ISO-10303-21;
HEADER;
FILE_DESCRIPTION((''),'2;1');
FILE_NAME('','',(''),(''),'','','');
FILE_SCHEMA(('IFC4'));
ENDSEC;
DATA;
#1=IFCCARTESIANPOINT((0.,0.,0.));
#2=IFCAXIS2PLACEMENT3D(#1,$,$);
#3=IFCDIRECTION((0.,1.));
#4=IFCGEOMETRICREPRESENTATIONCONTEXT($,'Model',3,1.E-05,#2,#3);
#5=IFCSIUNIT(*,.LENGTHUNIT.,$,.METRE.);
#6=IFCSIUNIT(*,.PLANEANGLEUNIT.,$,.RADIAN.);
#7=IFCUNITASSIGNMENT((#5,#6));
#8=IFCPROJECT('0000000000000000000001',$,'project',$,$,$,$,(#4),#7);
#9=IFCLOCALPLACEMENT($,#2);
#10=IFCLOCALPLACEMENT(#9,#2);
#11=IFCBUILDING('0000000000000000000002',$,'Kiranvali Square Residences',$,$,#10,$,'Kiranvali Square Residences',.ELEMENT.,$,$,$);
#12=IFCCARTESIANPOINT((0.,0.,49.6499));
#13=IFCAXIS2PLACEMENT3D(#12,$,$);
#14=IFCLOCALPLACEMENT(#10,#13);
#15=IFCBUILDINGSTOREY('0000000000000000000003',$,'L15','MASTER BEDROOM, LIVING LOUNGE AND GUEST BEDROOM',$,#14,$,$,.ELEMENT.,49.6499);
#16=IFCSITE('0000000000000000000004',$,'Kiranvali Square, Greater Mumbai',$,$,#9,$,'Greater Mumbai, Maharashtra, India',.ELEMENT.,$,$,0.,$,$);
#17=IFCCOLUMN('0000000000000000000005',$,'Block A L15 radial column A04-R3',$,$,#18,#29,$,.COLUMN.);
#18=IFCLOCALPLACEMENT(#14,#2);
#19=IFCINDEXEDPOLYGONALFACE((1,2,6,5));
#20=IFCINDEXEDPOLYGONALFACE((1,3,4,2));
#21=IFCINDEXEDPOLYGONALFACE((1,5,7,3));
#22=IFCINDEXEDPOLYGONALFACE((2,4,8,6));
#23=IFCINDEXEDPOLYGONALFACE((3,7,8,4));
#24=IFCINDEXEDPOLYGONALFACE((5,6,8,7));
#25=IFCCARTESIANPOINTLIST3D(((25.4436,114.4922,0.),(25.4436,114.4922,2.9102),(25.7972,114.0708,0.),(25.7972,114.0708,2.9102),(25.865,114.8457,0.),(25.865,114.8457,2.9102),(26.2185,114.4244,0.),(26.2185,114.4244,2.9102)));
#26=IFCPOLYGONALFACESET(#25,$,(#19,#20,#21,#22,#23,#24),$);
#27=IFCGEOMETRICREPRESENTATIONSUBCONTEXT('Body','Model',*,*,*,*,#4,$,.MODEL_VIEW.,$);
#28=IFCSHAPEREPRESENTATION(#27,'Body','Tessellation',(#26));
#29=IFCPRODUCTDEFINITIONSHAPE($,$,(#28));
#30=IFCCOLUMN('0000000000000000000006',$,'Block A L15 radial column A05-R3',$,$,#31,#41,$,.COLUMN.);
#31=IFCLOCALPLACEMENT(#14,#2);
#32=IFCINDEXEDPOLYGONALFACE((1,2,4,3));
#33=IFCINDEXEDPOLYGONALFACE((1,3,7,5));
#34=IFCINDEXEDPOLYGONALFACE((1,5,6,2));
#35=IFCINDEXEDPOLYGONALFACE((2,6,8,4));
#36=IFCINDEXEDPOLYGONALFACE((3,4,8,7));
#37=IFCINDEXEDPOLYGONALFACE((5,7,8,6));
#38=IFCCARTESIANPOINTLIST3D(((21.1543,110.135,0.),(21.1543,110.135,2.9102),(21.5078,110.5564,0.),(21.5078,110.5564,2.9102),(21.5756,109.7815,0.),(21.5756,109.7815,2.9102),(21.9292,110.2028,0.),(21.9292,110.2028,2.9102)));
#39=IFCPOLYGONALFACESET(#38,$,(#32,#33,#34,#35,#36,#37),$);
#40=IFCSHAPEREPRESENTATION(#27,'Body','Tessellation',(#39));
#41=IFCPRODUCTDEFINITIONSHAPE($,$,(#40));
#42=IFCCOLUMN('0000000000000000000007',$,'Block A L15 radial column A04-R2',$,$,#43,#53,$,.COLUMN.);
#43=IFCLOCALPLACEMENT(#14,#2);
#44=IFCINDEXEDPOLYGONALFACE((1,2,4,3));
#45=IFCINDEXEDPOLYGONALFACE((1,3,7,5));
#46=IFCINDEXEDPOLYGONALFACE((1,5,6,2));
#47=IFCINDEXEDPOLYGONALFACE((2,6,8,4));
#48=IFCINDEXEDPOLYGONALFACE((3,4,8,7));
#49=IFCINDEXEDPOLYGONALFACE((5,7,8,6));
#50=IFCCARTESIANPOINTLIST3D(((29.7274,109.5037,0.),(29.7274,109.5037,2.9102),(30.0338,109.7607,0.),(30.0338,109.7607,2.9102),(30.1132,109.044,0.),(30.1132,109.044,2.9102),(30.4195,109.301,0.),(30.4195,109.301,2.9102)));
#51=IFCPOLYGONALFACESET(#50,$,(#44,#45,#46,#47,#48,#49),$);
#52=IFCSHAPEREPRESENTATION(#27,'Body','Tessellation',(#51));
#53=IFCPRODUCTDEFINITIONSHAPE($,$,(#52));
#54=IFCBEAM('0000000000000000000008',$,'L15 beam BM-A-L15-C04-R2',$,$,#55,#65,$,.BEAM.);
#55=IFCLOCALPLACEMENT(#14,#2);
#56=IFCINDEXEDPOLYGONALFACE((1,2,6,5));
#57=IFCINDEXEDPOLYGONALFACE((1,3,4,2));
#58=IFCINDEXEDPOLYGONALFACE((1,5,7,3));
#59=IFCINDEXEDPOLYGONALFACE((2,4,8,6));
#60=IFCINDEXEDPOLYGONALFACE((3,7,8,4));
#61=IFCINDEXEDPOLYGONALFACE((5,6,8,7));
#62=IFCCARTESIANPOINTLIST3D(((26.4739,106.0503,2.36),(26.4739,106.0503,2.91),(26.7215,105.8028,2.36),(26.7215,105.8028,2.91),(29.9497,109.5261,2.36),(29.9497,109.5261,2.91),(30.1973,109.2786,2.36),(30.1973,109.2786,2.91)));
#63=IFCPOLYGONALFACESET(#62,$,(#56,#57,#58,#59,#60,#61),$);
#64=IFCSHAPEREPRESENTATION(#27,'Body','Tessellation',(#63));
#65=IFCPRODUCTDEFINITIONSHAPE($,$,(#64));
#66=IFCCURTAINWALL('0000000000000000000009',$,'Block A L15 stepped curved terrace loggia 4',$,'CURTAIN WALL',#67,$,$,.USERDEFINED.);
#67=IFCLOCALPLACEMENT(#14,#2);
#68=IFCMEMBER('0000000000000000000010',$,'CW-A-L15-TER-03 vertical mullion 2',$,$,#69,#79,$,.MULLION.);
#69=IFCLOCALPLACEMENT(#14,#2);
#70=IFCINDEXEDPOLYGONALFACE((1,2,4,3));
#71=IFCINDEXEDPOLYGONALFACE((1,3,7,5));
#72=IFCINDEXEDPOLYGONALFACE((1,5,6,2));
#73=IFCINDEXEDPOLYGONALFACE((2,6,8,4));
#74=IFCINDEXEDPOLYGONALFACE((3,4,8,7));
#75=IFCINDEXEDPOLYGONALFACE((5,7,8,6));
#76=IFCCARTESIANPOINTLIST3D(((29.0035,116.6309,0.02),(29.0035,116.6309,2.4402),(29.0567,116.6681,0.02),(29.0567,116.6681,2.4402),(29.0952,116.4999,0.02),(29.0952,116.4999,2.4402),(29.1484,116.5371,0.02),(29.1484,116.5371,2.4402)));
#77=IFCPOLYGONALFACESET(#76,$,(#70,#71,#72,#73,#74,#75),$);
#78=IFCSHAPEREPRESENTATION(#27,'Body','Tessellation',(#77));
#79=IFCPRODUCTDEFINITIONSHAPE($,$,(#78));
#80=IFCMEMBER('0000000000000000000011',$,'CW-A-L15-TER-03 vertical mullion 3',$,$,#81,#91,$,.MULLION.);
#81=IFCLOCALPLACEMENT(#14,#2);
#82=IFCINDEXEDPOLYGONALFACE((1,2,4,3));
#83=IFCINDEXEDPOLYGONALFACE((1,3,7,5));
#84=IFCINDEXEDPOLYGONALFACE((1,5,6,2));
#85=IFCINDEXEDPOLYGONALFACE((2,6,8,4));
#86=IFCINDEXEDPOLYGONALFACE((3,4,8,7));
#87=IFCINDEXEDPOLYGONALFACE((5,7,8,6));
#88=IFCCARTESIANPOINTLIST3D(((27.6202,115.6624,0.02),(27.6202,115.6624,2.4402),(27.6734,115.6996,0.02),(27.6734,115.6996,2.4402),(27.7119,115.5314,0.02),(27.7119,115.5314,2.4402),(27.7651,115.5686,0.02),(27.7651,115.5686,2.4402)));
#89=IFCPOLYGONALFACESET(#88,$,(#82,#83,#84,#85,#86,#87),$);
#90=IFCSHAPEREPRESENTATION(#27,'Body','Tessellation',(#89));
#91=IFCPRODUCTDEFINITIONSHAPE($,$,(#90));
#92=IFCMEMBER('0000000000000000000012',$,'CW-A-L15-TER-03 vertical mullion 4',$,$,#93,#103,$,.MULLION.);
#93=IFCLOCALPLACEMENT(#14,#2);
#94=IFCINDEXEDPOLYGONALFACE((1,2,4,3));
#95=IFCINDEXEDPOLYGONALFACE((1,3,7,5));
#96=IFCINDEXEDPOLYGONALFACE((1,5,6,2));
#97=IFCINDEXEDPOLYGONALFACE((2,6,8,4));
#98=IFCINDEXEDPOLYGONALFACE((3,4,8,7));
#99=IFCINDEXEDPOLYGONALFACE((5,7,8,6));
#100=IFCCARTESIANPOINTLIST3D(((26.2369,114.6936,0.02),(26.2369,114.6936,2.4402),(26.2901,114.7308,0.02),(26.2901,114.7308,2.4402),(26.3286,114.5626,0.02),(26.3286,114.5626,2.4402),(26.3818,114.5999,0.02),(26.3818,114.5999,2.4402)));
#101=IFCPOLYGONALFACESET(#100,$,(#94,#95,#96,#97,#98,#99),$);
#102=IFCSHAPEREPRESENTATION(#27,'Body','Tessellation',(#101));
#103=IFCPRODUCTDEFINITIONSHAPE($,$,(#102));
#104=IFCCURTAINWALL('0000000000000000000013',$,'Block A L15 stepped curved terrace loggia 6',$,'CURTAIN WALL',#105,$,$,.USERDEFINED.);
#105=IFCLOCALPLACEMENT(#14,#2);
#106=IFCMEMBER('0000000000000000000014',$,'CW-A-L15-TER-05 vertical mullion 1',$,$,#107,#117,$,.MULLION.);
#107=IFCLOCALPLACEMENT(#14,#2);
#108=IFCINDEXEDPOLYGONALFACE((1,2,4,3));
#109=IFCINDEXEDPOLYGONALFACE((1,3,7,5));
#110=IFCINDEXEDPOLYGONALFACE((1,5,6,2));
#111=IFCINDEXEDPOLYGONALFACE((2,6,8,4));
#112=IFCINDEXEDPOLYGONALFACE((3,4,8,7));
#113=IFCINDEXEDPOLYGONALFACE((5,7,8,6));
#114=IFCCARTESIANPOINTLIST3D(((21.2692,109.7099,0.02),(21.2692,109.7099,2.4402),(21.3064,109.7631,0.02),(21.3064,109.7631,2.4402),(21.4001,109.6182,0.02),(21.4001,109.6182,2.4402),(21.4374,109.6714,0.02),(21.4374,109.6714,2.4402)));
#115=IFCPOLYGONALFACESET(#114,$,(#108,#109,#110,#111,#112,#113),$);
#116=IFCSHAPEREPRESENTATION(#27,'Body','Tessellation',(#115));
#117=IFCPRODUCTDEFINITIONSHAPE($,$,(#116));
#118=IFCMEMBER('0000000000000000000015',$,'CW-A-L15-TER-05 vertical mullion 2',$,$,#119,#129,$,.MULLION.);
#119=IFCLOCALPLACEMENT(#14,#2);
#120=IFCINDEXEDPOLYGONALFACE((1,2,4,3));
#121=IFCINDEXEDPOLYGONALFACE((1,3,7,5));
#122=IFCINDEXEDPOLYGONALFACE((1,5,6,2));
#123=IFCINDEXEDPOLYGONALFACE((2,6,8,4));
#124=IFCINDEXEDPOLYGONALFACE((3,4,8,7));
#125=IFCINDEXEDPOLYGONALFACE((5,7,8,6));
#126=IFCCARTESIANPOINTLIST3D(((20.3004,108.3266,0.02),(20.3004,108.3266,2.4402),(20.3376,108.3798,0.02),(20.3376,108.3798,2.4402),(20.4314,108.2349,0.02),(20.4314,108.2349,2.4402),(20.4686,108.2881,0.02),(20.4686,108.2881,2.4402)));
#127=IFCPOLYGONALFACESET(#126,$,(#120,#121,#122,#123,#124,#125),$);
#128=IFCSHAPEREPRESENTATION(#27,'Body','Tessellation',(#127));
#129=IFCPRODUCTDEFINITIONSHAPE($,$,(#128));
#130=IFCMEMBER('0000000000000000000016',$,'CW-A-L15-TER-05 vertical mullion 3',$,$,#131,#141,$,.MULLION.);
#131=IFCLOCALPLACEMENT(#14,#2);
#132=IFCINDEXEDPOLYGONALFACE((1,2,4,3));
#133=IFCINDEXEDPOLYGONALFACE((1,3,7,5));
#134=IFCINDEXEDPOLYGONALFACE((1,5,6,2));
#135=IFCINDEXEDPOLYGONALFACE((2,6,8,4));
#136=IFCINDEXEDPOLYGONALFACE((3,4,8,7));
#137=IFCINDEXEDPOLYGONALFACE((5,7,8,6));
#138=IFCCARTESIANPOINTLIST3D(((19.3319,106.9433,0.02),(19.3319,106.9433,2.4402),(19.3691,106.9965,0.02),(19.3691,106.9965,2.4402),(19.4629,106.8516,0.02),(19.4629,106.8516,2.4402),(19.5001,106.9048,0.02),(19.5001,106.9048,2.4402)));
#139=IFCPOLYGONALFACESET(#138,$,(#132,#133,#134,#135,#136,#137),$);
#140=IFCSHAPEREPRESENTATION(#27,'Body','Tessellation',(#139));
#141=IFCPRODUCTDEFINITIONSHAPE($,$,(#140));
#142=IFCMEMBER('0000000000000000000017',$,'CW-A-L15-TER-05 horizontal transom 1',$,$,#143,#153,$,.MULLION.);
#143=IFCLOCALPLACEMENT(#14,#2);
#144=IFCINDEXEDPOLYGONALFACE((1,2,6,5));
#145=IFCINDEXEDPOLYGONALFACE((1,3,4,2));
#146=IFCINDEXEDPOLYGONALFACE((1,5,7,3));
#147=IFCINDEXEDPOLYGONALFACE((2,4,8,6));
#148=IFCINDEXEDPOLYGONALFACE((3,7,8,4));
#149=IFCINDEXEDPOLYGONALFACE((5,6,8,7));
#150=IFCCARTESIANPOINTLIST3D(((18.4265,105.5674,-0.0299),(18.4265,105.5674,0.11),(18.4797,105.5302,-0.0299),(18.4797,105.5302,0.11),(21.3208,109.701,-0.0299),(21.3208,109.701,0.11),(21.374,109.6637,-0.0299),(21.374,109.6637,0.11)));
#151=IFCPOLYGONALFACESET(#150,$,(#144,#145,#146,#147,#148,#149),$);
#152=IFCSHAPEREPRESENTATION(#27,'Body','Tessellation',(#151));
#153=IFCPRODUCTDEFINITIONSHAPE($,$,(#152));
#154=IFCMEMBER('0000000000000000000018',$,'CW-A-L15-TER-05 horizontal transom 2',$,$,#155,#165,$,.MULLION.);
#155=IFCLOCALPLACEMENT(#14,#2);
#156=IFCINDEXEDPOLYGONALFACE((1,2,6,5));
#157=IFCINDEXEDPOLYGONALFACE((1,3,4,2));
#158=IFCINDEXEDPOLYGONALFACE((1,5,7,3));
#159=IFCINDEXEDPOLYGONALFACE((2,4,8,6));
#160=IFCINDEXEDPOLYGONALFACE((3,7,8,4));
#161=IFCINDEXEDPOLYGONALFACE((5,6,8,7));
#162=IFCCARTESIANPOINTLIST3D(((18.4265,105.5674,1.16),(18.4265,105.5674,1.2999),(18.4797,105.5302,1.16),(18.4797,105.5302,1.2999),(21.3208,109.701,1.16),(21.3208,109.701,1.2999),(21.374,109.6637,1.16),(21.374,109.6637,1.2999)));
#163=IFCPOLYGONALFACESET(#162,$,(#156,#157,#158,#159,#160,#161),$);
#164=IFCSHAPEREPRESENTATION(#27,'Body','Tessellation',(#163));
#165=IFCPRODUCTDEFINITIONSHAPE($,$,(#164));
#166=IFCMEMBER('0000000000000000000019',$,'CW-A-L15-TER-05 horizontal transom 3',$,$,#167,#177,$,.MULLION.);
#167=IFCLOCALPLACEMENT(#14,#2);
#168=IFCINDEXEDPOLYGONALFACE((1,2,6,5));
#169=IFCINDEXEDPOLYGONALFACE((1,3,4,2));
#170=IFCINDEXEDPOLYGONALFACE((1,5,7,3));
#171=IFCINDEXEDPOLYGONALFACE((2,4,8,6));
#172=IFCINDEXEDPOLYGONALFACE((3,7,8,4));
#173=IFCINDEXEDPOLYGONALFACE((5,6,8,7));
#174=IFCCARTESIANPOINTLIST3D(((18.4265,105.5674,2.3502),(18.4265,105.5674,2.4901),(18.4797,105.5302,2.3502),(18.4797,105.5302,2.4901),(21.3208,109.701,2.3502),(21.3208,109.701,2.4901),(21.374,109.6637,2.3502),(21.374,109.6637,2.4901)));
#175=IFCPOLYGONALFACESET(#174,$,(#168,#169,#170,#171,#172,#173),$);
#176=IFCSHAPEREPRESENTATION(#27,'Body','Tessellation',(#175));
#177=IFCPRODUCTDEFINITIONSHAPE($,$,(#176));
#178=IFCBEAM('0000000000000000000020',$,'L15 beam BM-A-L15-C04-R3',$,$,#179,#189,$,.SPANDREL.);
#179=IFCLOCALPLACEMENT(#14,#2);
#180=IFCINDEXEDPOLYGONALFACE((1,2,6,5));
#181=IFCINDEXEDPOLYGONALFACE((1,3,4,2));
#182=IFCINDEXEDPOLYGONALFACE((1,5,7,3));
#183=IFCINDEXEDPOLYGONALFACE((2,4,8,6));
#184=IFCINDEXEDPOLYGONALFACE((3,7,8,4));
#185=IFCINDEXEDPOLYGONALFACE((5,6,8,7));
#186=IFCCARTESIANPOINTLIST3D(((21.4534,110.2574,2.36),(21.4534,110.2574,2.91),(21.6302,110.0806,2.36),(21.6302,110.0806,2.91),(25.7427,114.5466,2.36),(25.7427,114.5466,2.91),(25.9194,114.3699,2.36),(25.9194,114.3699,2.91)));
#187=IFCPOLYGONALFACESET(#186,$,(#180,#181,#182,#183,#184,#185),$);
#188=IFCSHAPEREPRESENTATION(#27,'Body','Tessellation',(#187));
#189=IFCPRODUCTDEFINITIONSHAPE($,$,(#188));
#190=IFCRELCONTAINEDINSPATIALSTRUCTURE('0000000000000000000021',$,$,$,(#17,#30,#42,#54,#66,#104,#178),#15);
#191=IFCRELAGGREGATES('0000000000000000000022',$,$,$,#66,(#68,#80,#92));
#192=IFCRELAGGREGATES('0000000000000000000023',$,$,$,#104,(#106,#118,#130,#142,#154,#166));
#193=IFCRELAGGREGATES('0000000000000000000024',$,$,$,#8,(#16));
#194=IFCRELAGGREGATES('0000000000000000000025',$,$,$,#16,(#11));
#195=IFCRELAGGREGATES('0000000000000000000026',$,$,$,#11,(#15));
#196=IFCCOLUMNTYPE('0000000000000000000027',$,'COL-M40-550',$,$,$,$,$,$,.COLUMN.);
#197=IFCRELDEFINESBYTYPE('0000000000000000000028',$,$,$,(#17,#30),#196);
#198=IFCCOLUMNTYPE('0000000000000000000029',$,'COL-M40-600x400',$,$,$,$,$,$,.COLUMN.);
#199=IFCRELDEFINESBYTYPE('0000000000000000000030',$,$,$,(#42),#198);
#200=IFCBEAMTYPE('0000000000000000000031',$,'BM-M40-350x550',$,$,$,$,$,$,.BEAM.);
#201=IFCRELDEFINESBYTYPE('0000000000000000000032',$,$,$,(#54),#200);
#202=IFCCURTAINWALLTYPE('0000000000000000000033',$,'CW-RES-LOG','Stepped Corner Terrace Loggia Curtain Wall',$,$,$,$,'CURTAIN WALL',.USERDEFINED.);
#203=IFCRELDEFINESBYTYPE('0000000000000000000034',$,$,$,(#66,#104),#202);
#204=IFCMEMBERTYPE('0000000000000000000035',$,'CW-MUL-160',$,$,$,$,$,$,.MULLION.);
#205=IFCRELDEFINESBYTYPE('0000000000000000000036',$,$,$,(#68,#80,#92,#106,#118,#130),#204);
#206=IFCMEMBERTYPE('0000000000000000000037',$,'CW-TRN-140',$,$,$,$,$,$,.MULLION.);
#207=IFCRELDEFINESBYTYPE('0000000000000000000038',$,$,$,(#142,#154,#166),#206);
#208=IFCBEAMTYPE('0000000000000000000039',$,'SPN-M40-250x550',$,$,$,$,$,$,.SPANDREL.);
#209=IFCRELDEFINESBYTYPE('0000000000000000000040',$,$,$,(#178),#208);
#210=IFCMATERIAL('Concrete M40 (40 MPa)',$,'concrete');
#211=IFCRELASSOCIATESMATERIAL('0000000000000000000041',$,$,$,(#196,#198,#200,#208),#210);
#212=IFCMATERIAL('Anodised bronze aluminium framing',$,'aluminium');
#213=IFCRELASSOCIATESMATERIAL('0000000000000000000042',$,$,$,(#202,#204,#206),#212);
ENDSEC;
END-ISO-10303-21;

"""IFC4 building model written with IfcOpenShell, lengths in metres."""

from ifc_helpers import new_model, si_unit, direction, frame, origin, origin_2d, place, context, subcontext, project, spatial, rectangle, extrude, material, material_profile, profile_set, type_object, element, aggregate, save


model = new_model("IFC4")

# Units and contexts
model_context = context("Model", 3, precision=1e-05, world=origin(), true_north=direction((0.0, 1.0)))
body_context = subcontext(model_context, "Body", "Model", "MODEL_VIEW")
ifc_project = project(units=[si_unit("LENGTHUNIT", "METRE"), si_unit("PLANEANGLEUNIT", "RADIAN")], contexts=[model_context])

# Site, building, storey
site_placement = place(None, origin())
site = spatial("IfcSite", under=ifc_project, at=site_placement, Name="Kiranvali Square, Greater Mumbai", LongName="Greater Mumbai, Maharashtra, India", CompositionType="ELEMENT", RefElevation=0.0)
building_placement = place(site_placement, origin())
building = spatial("IfcBuilding", under=site, at=building_placement, Name="Kiranvali Square Residences", LongName="Kiranvali Square Residences", CompositionType="ELEMENT")
storey_placement = place(building_placement, frame((0.0, 0.0, 49.6499)))
storey = spatial("IfcBuildingStorey", under=building, at=storey_placement, Name="L15", Description="MASTER BEDROOM, LIVING LOUNGE AND GUEST BEDROOM", CompositionType="ELEMENT", Elevation=49.6499)

# Columns
ifc_material_1 = material(Name="Concrete M40 (40 MPa)", Category="concrete")
ifc_material_profile_1 = material_profile(ifc_material_1, rectangle(XDim=0.55, YDim=0.55, at=origin_2d()), Name="RC 550x550")
ifc_profile_set_1 = profile_set([ifc_material_profile_1], Name="Concrete M40 (40 MPa)")
column_type_1 = type_object("IfcColumnType", Name="COL-M40-550", PredefinedType="COLUMN", material=ifc_profile_set_1)
for number, where, z_axis, x_axis, name in (
    (1, (25.8311, 114.4583, 0.0), (0.0, 0.0, 1.0), (0.766044, 0.642788, 0.0), "Block A L15 radial column A04-R3"),
    (2, (21.5417, 110.1689, 0.0), (0.0, 0.0, 1.0), (0.642788, 0.766044, 0.0), "Block A L15 radial column A05-R3"),
):
    element("IfcColumn", number, at=place(storey_placement, frame(where, z_axis=z_axis, x_axis=x_axis)), inside=storey, type_object=column_type_1, Name=name, PredefinedType="COLUMN", context=body_context, shape_type="SweptSolid", body=[
        extrude(rectangle(XDim=0.55, YDim=0.55, at=origin_2d()), origin(), (0.0, 0.0, 1.0), 2.9102),
    ])
ifc_material_profile_2 = material_profile(ifc_material_1, rectangle(XDim=0.3999, YDim=0.6001, at=origin_2d()), Name="RC 600x400")
ifc_profile_set_2 = profile_set([ifc_material_profile_2], Name="Concrete M40 (40 MPa)")
column_type_2 = type_object("IfcColumnType", Name="COL-M40-600x400", PredefinedType="COLUMN", material=ifc_profile_set_2)
column_placement = place(storey_placement, frame((30.0735, 109.4023, 0.0), z_axis=(0.0, 0.0, 1.0), x_axis=(0.766044, 0.642788, 0.0)))
element("IfcColumn", 3, at=column_placement, inside=storey, type_object=column_type_2, Name="Block A L15 radial column A04-R2", PredefinedType="COLUMN", context=body_context, shape_type="SweptSolid", body=[
    extrude(rectangle(XDim=0.3999, YDim=0.6001, at=origin_2d()), origin(), (0.0, 0.0, 1.0), 2.9102),
])

# Beam
ifc_material_profile_3 = material_profile(ifc_material_1, rectangle(XDim=0.3501, YDim=0.55, at=origin_2d()), Name="RC 350x550")
ifc_profile_set_3 = profile_set([ifc_material_profile_3], Name="Concrete M40 (40 MPa)")
beam_type_1 = type_object("IfcBeamType", Name="BM-M40-350x550", PredefinedType="BEAM", material=ifc_profile_set_3)
beam_1_placement = place(storey_placement, frame((30.0735, 109.4023, 2.635), z_axis=(-0.707107, -0.707107, 0.0), x_axis=(0.707107, -0.707107, 0.0)))
element("IfcBeam", 4, at=beam_1_placement, inside=storey, type_object=beam_type_1, Name="L15 beam BM-A-L15-C04-R2", PredefinedType="BEAM", context=body_context, shape_type="SweptSolid", body=[
    extrude(rectangle(XDim=0.3501, YDim=0.55, at=origin_2d()), origin(), (0.0, 0.0, 1.0), 4.9155),
])

# Curtain walls, members
ifc_material_2 = material(Name="Anodised bronze aluminium framing", Category="aluminium")
curtain_wall_type = type_object("IfcCurtainWallType", Name="CW-RES-LOG", Description="Stepped Corner Terrace Loggia Curtain Wall", ElementType="CURTAIN WALL", PredefinedType="USERDEFINED", material=ifc_material_2)
curtain_wall_1_placement = place(storey_placement, origin())
curtain_wall_1 = element("IfcCurtainWall", 5, at=curtain_wall_1_placement, inside=storey, type_object=curtain_wall_type, Name="Block A L15 stepped curved terrace loggia 4", ObjectType="CURTAIN WALL", PredefinedType="USERDEFINED")
ifc_material_profile_4 = material_profile(ifc_material_2, rectangle(XDim=0.0649, YDim=0.1599, at=origin_2d()), Name="ALU 65x160")
ifc_profile_set_4 = profile_set([ifc_material_profile_4], Name="Anodised bronze aluminium framing")
member_type_1 = type_object("IfcMemberType", Name="CW-MUL-160", PredefinedType="MULLION", material=ifc_profile_set_4)
member_1_placement = place(storey_placement, frame((29.0759, 116.584, 0.02), z_axis=(0.0, 0.0, 1.0), x_axis=(-0.819152, -0.573576, 0.0)))
member_1 = element("IfcMember", 6, at=member_1_placement, type_object=member_type_1, Name="CW-A-L15-TER-03 vertical mullion 2", PredefinedType="MULLION", context=body_context, shape_type="SweptSolid", body=[
    extrude(rectangle(XDim=0.0649, YDim=0.1599, at=origin_2d()), origin(), (0.0, 0.0, 1.0), 2.4202),
])
member_2_placement = place(storey_placement, frame((27.6926, 115.6155, 0.02), z_axis=(0.0, 0.0, 1.0), x_axis=(-0.819152, -0.573576, 0.0)))
member_2 = element("IfcMember", 7, at=member_2_placement, type_object=member_type_1, Name="CW-A-L15-TER-03 vertical mullion 3", PredefinedType="MULLION", context=body_context, shape_type="SweptSolid", body=[
    extrude(rectangle(XDim=0.0649, YDim=0.1599, at=origin_2d()), origin(), (0.0, 0.0, 1.0), 2.4202),
])
member_3_placement = place(storey_placement, frame((26.3093, 114.6467, 0.02), z_axis=(0.0, 0.0, 1.0), x_axis=(-0.819152, -0.573576, 0.0)))
member_3 = element("IfcMember", 8, at=member_3_placement, type_object=member_type_1, Name="CW-A-L15-TER-03 vertical mullion 4", PredefinedType="MULLION", context=body_context, shape_type="SweptSolid", body=[
    extrude(rectangle(XDim=0.0649, YDim=0.1599, at=origin_2d()), origin(), (0.0, 0.0, 1.0), 2.4202),
])
curtain_wall_2_placement = place(storey_placement, origin())
curtain_wall_2 = element("IfcCurtainWall", 9, at=curtain_wall_2_placement, inside=storey, type_object=curtain_wall_type, Name="Block A L15 stepped curved terrace loggia 6", ObjectType="CURTAIN WALL", PredefinedType="USERDEFINED")
member_4_placement = place(storey_placement, frame((21.3533, 109.6907, 0.02), z_axis=(0.0, 0.0, 1.0), x_axis=(-0.573576, -0.819152, 0.0)))
member_4 = element("IfcMember", 10, at=member_4_placement, type_object=member_type_1, Name="CW-A-L15-TER-05 vertical mullion 1", PredefinedType="MULLION", context=body_context, shape_type="SweptSolid", body=[
    extrude(rectangle(XDim=0.0649, YDim=0.1599, at=origin_2d()), origin(), (0.0, 0.0, 1.0), 2.4202),
])
member_5_placement = place(storey_placement, frame((20.3845, 108.3074, 0.02), z_axis=(0.0, 0.0, 1.0), x_axis=(-0.573576, -0.819152, 0.0)))
member_5 = element("IfcMember", 11, at=member_5_placement, type_object=member_type_1, Name="CW-A-L15-TER-05 vertical mullion 2", PredefinedType="MULLION", context=body_context, shape_type="SweptSolid", body=[
    extrude(rectangle(XDim=0.0649, YDim=0.1599, at=origin_2d()), origin(), (0.0, 0.0, 1.0), 2.4202),
])
member_6_placement = place(storey_placement, frame((19.416, 106.9241, 0.02), z_axis=(0.0, 0.0, 1.0), x_axis=(-0.573576, -0.819152, 0.0)))
member_6 = element("IfcMember", 12, at=member_6_placement, type_object=member_type_1, Name="CW-A-L15-TER-05 vertical mullion 3", PredefinedType="MULLION", context=body_context, shape_type="SweptSolid", body=[
    extrude(rectangle(XDim=0.0649, YDim=0.1599, at=origin_2d()), origin(), (0.0, 0.0, 1.0), 2.4202),
])
ifc_material_profile_5 = material_profile(ifc_material_2, rectangle(XDim=0.0649, YDim=0.1399, at=origin_2d()), Name="ALU 65x140")
ifc_profile_set_5 = profile_set([ifc_material_profile_5], Name="Anodised bronze aluminium framing")
member_type_2 = type_object("IfcMemberType", Name="CW-TRN-140", PredefinedType="MULLION", material=ifc_profile_set_5)
member_7_placement = place(storey_placement, frame((21.3474, 109.6824, 0.04), z_axis=(-0.573569, -0.819157, 0.0), x_axis=(0.819157, -0.573569, 0.0)))
member_7 = element("IfcMember", 13, at=member_7_placement, type_object=member_type_2, Name="CW-A-L15-TER-05 horizontal transom 1", PredefinedType="MULLION", context=body_context, shape_type="SweptSolid", body=[
    extrude(rectangle(XDim=0.0649, YDim=0.1399, at=origin_2d()), origin(), (0.0, 0.0, 1.0), 5.0461),
])
member_8_placement = place(storey_placement, frame((21.3474, 109.6824, 1.23), z_axis=(-0.573569, -0.819157, 0.0), x_axis=(0.819157, -0.573569, 0.0)))
member_8 = element("IfcMember", 14, at=member_8_placement, type_object=member_type_2, Name="CW-A-L15-TER-05 horizontal transom 2", PredefinedType="MULLION", context=body_context, shape_type="SweptSolid", body=[
    extrude(rectangle(XDim=0.0649, YDim=0.1399, at=origin_2d()), origin(), (0.0, 0.0, 1.0), 5.0461),
])
member_9_placement = place(storey_placement, frame((21.3474, 109.6824, 2.4202), z_axis=(-0.573569, -0.819157, 0.0), x_axis=(0.819157, -0.573569, 0.0)))
member_9 = element("IfcMember", 15, at=member_9_placement, type_object=member_type_2, Name="CW-A-L15-TER-05 horizontal transom 3", PredefinedType="MULLION", context=body_context, shape_type="SweptSolid", body=[
    extrude(rectangle(XDim=0.0649, YDim=0.1399, at=origin_2d()), origin(), (0.0, 0.0, 1.0), 5.0461),
])

# Beam
ifc_material_profile_6 = material_profile(ifc_material_1, rectangle(XDim=0.25, YDim=0.55, at=origin_2d()), Name="RC 250x550")
ifc_profile_set_6 = profile_set([ifc_material_profile_6], Name="Concrete M40 (40 MPa)")
beam_type_2 = type_object("IfcBeamType", Name="SPN-M40-250x550", PredefinedType="SPANDREL", material=ifc_profile_set_6)
beam_2_placement = place(storey_placement, frame((25.8311, 114.4583, 2.635), z_axis=(-0.707107, -0.707107, 0.0), x_axis=(0.707107, -0.707107, 0.0)))
element("IfcBeam", 16, at=beam_2_placement, inside=storey, type_object=beam_type_2, Name="L15 beam BM-A-L15-C04-R3", PredefinedType="SPANDREL", context=body_context, shape_type="SweptSolid", body=[
    extrude(rectangle(XDim=0.25, YDim=0.55, at=origin_2d()), origin(), (0.0, 0.0, 1.0), 6.0659),
])

aggregate(curtain_wall_1, [member_1, member_2, member_3])
aggregate(curtain_wall_2, [member_4, member_5, member_6, member_7, member_8, member_9])

save(model, "model.ifc")
